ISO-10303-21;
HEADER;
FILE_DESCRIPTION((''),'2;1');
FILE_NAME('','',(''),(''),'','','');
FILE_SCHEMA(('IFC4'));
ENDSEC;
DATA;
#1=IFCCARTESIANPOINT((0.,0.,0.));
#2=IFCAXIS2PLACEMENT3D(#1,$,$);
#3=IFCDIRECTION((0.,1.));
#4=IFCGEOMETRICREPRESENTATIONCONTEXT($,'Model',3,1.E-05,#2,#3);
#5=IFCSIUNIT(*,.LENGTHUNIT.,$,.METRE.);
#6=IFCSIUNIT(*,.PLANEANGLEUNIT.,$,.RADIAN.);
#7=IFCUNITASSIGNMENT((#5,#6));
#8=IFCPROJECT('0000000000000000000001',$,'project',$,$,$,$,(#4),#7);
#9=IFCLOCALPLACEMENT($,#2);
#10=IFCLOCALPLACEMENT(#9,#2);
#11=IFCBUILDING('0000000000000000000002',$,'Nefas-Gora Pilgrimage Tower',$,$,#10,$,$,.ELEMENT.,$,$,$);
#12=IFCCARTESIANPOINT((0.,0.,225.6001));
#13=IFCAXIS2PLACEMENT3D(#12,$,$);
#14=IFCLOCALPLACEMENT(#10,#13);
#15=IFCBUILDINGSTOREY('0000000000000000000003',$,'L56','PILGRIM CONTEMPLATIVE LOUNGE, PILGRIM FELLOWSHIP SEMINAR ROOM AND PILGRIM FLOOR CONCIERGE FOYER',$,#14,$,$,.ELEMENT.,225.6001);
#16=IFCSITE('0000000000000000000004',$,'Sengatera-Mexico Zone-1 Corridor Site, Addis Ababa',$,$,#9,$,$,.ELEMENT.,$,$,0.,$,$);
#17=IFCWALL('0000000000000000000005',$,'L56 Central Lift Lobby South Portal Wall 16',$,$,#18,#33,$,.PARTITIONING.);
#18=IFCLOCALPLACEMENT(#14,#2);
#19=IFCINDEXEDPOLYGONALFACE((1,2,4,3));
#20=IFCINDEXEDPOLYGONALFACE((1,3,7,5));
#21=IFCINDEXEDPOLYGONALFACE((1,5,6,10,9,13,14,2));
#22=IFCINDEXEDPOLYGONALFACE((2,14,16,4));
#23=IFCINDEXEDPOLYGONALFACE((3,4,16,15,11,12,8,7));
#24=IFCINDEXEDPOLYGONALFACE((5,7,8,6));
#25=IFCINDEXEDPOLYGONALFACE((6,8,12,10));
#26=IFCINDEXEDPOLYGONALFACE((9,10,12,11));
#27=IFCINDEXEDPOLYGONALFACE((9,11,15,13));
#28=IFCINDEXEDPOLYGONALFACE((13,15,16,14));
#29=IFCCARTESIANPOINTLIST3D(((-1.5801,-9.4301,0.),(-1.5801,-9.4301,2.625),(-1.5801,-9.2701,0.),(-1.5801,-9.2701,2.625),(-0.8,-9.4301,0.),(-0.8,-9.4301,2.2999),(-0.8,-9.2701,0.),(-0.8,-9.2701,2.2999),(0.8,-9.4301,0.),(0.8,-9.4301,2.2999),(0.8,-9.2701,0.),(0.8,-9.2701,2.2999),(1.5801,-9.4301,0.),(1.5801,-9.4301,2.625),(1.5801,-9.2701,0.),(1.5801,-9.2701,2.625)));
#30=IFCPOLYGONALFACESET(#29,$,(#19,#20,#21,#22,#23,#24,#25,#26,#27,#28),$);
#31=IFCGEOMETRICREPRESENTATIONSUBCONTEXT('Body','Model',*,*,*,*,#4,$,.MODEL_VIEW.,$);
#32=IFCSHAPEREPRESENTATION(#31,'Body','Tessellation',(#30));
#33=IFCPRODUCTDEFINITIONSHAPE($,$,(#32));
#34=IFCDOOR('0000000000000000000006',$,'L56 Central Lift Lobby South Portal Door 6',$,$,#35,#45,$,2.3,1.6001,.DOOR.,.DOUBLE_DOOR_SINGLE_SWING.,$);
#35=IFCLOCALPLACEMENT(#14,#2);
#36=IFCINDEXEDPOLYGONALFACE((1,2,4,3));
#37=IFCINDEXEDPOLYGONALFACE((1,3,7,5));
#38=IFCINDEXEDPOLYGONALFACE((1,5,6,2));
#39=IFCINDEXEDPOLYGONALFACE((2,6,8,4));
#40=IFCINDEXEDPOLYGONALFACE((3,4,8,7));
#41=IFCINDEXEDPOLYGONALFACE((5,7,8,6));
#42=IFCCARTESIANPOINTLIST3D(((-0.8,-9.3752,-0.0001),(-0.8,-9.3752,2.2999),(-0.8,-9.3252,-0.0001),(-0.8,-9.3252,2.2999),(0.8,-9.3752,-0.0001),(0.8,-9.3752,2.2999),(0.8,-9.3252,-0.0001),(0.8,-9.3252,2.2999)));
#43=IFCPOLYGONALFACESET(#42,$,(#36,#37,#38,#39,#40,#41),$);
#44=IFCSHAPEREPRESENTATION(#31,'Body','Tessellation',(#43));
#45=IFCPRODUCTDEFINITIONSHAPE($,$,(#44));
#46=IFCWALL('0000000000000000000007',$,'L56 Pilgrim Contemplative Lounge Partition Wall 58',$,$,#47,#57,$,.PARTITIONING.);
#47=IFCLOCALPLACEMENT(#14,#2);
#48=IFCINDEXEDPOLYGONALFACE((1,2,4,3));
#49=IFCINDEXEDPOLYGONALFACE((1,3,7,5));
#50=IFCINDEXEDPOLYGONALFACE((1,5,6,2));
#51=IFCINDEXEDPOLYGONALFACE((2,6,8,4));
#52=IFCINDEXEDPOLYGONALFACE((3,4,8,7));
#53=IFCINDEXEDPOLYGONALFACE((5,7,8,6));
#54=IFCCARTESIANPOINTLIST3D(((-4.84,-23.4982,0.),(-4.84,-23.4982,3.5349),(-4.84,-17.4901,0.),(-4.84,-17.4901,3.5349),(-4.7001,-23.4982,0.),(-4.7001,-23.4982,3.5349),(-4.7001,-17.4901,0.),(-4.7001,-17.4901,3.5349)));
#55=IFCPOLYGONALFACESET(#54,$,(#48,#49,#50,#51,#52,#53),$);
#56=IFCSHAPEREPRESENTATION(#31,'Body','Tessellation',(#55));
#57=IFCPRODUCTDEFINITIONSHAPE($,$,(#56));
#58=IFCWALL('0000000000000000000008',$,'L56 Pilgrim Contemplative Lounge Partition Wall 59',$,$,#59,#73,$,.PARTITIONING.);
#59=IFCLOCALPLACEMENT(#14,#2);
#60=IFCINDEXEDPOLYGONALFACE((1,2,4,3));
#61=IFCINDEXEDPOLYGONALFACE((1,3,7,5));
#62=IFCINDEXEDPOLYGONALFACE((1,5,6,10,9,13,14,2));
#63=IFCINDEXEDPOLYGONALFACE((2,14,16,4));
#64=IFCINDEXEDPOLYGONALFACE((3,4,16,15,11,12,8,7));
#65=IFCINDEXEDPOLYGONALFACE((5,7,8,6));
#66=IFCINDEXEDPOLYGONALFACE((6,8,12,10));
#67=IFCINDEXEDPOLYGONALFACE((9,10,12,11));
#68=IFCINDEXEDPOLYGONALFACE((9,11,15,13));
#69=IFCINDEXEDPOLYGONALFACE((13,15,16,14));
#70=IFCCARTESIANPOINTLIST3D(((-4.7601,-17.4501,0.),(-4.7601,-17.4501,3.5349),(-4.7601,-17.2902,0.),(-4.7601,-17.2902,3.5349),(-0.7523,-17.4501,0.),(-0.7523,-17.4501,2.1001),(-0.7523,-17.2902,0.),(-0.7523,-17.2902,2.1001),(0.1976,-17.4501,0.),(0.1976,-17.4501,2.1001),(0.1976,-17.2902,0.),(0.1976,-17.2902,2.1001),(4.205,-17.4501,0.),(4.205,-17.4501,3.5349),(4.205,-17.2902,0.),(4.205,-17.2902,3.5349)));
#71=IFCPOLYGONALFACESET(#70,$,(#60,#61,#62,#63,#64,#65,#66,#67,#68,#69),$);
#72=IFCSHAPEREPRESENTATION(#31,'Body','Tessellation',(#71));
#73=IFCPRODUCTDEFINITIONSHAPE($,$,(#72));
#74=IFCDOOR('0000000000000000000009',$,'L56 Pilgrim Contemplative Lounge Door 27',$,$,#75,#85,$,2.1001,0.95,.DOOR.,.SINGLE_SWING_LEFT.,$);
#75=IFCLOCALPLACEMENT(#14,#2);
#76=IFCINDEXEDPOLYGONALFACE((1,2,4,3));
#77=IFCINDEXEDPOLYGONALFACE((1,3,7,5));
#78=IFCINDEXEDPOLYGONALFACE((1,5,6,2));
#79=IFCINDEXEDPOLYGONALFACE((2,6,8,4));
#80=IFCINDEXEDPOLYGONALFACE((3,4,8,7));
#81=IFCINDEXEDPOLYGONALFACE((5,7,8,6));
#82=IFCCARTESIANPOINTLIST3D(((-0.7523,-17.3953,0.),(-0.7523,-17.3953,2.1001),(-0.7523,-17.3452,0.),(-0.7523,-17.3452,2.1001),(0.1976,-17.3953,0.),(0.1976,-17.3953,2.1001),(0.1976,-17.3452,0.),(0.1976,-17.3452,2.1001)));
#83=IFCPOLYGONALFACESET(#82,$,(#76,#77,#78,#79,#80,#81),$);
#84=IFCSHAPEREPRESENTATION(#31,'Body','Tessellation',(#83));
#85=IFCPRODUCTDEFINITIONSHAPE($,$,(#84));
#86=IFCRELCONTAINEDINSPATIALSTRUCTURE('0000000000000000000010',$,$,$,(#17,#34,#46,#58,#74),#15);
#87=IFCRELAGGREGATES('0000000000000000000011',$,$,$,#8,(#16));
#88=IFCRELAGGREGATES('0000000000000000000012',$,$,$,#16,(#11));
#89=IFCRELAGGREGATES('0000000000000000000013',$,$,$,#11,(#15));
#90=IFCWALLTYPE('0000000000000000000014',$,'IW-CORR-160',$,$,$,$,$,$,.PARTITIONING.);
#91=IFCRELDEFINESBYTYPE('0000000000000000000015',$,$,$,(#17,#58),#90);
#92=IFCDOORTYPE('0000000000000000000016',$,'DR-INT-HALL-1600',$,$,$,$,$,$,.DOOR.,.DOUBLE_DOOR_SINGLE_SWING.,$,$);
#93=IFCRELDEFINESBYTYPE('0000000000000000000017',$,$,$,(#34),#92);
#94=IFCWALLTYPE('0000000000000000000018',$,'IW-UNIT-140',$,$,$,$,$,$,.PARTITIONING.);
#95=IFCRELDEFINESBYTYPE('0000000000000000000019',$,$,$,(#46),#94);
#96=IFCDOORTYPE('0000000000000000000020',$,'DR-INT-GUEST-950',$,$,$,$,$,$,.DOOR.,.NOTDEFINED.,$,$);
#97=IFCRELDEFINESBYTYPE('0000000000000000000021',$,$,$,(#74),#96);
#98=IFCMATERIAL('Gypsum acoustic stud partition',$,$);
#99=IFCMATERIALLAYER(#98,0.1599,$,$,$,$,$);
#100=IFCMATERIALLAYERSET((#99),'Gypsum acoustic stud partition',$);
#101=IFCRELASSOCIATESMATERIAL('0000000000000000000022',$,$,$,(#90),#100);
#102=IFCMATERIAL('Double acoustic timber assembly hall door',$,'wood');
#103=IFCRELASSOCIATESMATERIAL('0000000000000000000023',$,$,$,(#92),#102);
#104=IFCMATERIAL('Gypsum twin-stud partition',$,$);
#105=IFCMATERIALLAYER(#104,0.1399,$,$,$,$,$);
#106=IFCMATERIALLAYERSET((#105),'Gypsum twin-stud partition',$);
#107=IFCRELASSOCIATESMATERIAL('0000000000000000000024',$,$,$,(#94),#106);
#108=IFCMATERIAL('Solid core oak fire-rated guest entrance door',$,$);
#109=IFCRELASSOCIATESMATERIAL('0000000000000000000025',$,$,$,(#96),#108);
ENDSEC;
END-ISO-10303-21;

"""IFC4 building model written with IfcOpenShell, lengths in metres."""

from ifc_helpers import new_model, si_unit, direction, frame, frame_2d, origin, place, context, subcontext, project, spatial, rectangle, extrude, source, transform, mapped, material, layer, layer_set, type_object, element, fill, save


model = new_model("IFC4")

# Units and contexts
model_context = context("Model", 3, precision=1e-05, world=origin(), true_north=direction((0.0, 1.0)))
body_context = subcontext(model_context, "Body", "Model", "MODEL_VIEW")
ifc_project = project(units=[si_unit("LENGTHUNIT", "METRE"), si_unit("PLANEANGLEUNIT", "RADIAN")], contexts=[model_context])

# Site, building, storey
site_placement = place(None, origin())
site = spatial("IfcSite", under=ifc_project, at=site_placement, Name="Sengatera-Mexico Zone-1 Corridor Site, Addis Ababa", CompositionType="ELEMENT", RefElevation=0.0)
building_placement = place(site_placement, origin())
building = spatial("IfcBuilding", under=site, at=building_placement, Name="Nefas-Gora Pilgrimage Tower", CompositionType="ELEMENT")
storey_placement = place(building_placement, frame((0.0, 0.0, 225.6001)))
storey = spatial("IfcBuildingStorey", under=building, at=storey_placement, Name="L56", Description="PILGRIM CONTEMPLATIVE LOUNGE, PILGRIM FELLOWSHIP SEMINAR ROOM AND PILGRIM FLOOR CONCIERGE FOYER", CompositionType="ELEMENT", Elevation=225.6001)

# Wall, opening, door
ifc_material_1 = material(Name="Gypsum acoustic stud partition")
ifc_layer_1 = layer(ifc_material_1, 0.1599)
ifc_layer_set_1 = layer_set([ifc_layer_1], Name="Gypsum acoustic stud partition")
wall_type_1 = type_object("IfcWallType", Name="IW-CORR-160", PredefinedType="PARTITIONING", material=ifc_layer_set_1)
shared_shape_1 = source(origin(), body_context, "Body", "SweptSolid", [
    extrude(rectangle(XDim=3.1602, YDim=0.1599, at=frame_2d((1.5801, 0.0))), origin(), (0.0, 0.0, 1.0), 2.625),
])
wall_1_placement = place(storey_placement, frame((-1.5801, -9.3501, 0.0), z_axis=(0.0, 0.0, 1.0), x_axis=(1.0, 0.0, 0.0)))
wall_1 = element("IfcWall", 1, at=wall_1_placement, inside=storey, type_object=wall_type_1, Name="L56 Central Lift Lobby South Portal Wall 16", PredefinedType="PARTITIONING", context=body_context, shape_type="MappedRepresentation", body=[
    mapped(shared_shape_1, transform((0.0, 0.0, 0.0), x_axis=(1.0, 0.0, 0.0), y_axis=(0.0, 1.0, 0.0), z_axis=(0.0, 0.0, 1.0), scale=1.0)),
])
opening_1_placement = place(wall_1_placement, frame((0.78, 0.0, 0.0)))
opening_1 = element("IfcOpeningElement", 2, at=opening_1_placement, cuts=wall_1, PredefinedType="OPENING", context=body_context, shape_type="SweptSolid", body=[
    extrude(rectangle(XDim=1.6001, YDim=2.3, at=frame_2d((0.8, 1.1499))), frame((0.0, 0.0898, 0.0), z_axis=(0.0, -1.0, 0.0), x_axis=(1.0, 0.0, 0.0)), (0.0, 0.0, 1.0), 0.1799),
])
ifc_material_2 = material(Name="Double acoustic timber assembly hall door", Category="wood")
door_type_1 = type_object("IfcDoorType", Name="DR-INT-HALL-1600", OperationType="DOUBLE_DOOR_SINGLE_SWING", PredefinedType="DOOR", material=ifc_material_2)
shared_shape_2 = source(origin(), body_context, "Body", "SweptSolid", [
    extrude(rectangle(XDim=1.6001, YDim=2.3, at=frame_2d((0.8, 1.1499))), frame((0.0, 0.0249, 0.0), z_axis=(0.0, -1.0, 0.0), x_axis=(1.0, 0.0, 0.0)), (0.0, 0.0, 1.0), 0.05),
])
door_1_placement = place(opening_1_placement, origin())
door_1 = element("IfcDoor", 3, at=door_1_placement, inside=storey, type_object=door_type_1, Name="L56 Central Lift Lobby South Portal Door 6", OperationType="DOUBLE_DOOR_SINGLE_SWING", OverallHeight=2.3, OverallWidth=1.6001, PredefinedType="DOOR", context=body_context, shape_type="MappedRepresentation", body=[
    mapped(shared_shape_2, transform((0.0, 0.0, 0.0), x_axis=(1.0, 0.0, 0.0), y_axis=(0.0, 1.0, 0.0), z_axis=(0.0, 0.0, 1.0), scale=1.0)),
])
fill(opening_1, door_1)

# Wall
ifc_material_3 = material(Name="Gypsum twin-stud partition")
ifc_layer_2 = layer(ifc_material_3, 0.1399)
ifc_layer_set_2 = layer_set([ifc_layer_2], Name="Gypsum twin-stud partition")
wall_type_2 = type_object("IfcWallType", Name="IW-UNIT-140", PredefinedType="PARTITIONING", material=ifc_layer_set_2)
shared_shape_3 = source(origin(), body_context, "Body", "SweptSolid", [
    extrude(rectangle(XDim=6.0081, YDim=0.1399, at=frame_2d((3.0039, 0.0))), origin(), (0.0, 0.0, 1.0), 3.5349),
])
wall_2_placement = place(storey_placement, frame((-4.77, -23.498, 0.0), z_axis=(0.0, 0.0, 1.0), x_axis=(0.0, 1.0, 0.0)))
element("IfcWall", 4, at=wall_2_placement, inside=storey, type_object=wall_type_2, Name="L56 Pilgrim Contemplative Lounge Partition Wall 58", PredefinedType="PARTITIONING", context=body_context, shape_type="MappedRepresentation", body=[
    mapped(shared_shape_3, transform((0.0, 0.0, 0.0), x_axis=(1.0, 0.0, 0.0), y_axis=(0.0, 1.0, 0.0), z_axis=(0.0, 0.0, 1.0), scale=1.0)),
])

# Wall, opening, door
shared_shape_4 = source(origin(), body_context, "Body", "SweptSolid", [
    extrude(rectangle(XDim=8.9651, YDim=0.1599, at=frame_2d((4.4824, 0.0))), origin(), (0.0, 0.0, 1.0), 3.5349),
])
wall_3_placement = place(storey_placement, frame((-4.76, -17.3701, 0.0), z_axis=(0.0, 0.0, 1.0), x_axis=(1.0, 0.0, 0.0)))
wall_3 = element("IfcWall", 5, at=wall_3_placement, inside=storey, type_object=wall_type_1, Name="L56 Pilgrim Contemplative Lounge Partition Wall 59", PredefinedType="PARTITIONING", context=body_context, shape_type="MappedRepresentation", body=[
    mapped(shared_shape_4, transform((0.0, 0.0, 0.0), x_axis=(1.0, 0.0, 0.0), y_axis=(0.0, 1.0, 0.0), z_axis=(0.0, 0.0, 1.0), scale=1.0)),
])
opening_2_placement = place(wall_3_placement, frame((4.0076, 0.0, 0.0)))
opening_2 = element("IfcOpeningElement", 6, at=opening_2_placement, cuts=wall_3, PredefinedType="OPENING", context=body_context, shape_type="SweptSolid", body=[
    extrude(rectangle(XDim=0.95, YDim=2.1001, at=frame_2d((0.4751, 1.05))), frame((0.0, 0.0898, 0.0), z_axis=(0.0, -1.0, 0.0), x_axis=(1.0, 0.0, 0.0)), (0.0, 0.0, 1.0), 0.1799),
])
ifc_material_4 = material(Name="Solid core oak fire-rated guest entrance door")
door_type_2 = type_object("IfcDoorType", Name="DR-INT-GUEST-950", OperationType="NOTDEFINED", PredefinedType="DOOR", material=ifc_material_4)
shared_shape_5 = source(origin(), body_context, "Body", "SweptSolid", [
    extrude(rectangle(XDim=0.95, YDim=2.1001, at=frame_2d((0.4751, 1.05))), frame((0.0, 0.0249, 0.0), z_axis=(0.0, -1.0, 0.0), x_axis=(1.0, 0.0, 0.0)), (0.0, 0.0, 1.0), 0.05),
])
door_2_placement = place(opening_2_placement, origin())
door_2 = element("IfcDoor", 7, at=door_2_placement, inside=storey, type_object=door_type_2, Name="L56 Pilgrim Contemplative Lounge Door 27", OperationType="SINGLE_SWING_LEFT", OverallHeight=2.1001, OverallWidth=0.95, PredefinedType="DOOR", context=body_context, shape_type="MappedRepresentation", body=[
    mapped(shared_shape_5, transform((0.0, 0.0, 0.0), x_axis=(1.0, 0.0, 0.0), y_axis=(0.0, 1.0, 0.0), z_axis=(0.0, 0.0, 1.0), scale=1.0)),
])
fill(opening_2, door_2)

save(model, "model.ifc")
